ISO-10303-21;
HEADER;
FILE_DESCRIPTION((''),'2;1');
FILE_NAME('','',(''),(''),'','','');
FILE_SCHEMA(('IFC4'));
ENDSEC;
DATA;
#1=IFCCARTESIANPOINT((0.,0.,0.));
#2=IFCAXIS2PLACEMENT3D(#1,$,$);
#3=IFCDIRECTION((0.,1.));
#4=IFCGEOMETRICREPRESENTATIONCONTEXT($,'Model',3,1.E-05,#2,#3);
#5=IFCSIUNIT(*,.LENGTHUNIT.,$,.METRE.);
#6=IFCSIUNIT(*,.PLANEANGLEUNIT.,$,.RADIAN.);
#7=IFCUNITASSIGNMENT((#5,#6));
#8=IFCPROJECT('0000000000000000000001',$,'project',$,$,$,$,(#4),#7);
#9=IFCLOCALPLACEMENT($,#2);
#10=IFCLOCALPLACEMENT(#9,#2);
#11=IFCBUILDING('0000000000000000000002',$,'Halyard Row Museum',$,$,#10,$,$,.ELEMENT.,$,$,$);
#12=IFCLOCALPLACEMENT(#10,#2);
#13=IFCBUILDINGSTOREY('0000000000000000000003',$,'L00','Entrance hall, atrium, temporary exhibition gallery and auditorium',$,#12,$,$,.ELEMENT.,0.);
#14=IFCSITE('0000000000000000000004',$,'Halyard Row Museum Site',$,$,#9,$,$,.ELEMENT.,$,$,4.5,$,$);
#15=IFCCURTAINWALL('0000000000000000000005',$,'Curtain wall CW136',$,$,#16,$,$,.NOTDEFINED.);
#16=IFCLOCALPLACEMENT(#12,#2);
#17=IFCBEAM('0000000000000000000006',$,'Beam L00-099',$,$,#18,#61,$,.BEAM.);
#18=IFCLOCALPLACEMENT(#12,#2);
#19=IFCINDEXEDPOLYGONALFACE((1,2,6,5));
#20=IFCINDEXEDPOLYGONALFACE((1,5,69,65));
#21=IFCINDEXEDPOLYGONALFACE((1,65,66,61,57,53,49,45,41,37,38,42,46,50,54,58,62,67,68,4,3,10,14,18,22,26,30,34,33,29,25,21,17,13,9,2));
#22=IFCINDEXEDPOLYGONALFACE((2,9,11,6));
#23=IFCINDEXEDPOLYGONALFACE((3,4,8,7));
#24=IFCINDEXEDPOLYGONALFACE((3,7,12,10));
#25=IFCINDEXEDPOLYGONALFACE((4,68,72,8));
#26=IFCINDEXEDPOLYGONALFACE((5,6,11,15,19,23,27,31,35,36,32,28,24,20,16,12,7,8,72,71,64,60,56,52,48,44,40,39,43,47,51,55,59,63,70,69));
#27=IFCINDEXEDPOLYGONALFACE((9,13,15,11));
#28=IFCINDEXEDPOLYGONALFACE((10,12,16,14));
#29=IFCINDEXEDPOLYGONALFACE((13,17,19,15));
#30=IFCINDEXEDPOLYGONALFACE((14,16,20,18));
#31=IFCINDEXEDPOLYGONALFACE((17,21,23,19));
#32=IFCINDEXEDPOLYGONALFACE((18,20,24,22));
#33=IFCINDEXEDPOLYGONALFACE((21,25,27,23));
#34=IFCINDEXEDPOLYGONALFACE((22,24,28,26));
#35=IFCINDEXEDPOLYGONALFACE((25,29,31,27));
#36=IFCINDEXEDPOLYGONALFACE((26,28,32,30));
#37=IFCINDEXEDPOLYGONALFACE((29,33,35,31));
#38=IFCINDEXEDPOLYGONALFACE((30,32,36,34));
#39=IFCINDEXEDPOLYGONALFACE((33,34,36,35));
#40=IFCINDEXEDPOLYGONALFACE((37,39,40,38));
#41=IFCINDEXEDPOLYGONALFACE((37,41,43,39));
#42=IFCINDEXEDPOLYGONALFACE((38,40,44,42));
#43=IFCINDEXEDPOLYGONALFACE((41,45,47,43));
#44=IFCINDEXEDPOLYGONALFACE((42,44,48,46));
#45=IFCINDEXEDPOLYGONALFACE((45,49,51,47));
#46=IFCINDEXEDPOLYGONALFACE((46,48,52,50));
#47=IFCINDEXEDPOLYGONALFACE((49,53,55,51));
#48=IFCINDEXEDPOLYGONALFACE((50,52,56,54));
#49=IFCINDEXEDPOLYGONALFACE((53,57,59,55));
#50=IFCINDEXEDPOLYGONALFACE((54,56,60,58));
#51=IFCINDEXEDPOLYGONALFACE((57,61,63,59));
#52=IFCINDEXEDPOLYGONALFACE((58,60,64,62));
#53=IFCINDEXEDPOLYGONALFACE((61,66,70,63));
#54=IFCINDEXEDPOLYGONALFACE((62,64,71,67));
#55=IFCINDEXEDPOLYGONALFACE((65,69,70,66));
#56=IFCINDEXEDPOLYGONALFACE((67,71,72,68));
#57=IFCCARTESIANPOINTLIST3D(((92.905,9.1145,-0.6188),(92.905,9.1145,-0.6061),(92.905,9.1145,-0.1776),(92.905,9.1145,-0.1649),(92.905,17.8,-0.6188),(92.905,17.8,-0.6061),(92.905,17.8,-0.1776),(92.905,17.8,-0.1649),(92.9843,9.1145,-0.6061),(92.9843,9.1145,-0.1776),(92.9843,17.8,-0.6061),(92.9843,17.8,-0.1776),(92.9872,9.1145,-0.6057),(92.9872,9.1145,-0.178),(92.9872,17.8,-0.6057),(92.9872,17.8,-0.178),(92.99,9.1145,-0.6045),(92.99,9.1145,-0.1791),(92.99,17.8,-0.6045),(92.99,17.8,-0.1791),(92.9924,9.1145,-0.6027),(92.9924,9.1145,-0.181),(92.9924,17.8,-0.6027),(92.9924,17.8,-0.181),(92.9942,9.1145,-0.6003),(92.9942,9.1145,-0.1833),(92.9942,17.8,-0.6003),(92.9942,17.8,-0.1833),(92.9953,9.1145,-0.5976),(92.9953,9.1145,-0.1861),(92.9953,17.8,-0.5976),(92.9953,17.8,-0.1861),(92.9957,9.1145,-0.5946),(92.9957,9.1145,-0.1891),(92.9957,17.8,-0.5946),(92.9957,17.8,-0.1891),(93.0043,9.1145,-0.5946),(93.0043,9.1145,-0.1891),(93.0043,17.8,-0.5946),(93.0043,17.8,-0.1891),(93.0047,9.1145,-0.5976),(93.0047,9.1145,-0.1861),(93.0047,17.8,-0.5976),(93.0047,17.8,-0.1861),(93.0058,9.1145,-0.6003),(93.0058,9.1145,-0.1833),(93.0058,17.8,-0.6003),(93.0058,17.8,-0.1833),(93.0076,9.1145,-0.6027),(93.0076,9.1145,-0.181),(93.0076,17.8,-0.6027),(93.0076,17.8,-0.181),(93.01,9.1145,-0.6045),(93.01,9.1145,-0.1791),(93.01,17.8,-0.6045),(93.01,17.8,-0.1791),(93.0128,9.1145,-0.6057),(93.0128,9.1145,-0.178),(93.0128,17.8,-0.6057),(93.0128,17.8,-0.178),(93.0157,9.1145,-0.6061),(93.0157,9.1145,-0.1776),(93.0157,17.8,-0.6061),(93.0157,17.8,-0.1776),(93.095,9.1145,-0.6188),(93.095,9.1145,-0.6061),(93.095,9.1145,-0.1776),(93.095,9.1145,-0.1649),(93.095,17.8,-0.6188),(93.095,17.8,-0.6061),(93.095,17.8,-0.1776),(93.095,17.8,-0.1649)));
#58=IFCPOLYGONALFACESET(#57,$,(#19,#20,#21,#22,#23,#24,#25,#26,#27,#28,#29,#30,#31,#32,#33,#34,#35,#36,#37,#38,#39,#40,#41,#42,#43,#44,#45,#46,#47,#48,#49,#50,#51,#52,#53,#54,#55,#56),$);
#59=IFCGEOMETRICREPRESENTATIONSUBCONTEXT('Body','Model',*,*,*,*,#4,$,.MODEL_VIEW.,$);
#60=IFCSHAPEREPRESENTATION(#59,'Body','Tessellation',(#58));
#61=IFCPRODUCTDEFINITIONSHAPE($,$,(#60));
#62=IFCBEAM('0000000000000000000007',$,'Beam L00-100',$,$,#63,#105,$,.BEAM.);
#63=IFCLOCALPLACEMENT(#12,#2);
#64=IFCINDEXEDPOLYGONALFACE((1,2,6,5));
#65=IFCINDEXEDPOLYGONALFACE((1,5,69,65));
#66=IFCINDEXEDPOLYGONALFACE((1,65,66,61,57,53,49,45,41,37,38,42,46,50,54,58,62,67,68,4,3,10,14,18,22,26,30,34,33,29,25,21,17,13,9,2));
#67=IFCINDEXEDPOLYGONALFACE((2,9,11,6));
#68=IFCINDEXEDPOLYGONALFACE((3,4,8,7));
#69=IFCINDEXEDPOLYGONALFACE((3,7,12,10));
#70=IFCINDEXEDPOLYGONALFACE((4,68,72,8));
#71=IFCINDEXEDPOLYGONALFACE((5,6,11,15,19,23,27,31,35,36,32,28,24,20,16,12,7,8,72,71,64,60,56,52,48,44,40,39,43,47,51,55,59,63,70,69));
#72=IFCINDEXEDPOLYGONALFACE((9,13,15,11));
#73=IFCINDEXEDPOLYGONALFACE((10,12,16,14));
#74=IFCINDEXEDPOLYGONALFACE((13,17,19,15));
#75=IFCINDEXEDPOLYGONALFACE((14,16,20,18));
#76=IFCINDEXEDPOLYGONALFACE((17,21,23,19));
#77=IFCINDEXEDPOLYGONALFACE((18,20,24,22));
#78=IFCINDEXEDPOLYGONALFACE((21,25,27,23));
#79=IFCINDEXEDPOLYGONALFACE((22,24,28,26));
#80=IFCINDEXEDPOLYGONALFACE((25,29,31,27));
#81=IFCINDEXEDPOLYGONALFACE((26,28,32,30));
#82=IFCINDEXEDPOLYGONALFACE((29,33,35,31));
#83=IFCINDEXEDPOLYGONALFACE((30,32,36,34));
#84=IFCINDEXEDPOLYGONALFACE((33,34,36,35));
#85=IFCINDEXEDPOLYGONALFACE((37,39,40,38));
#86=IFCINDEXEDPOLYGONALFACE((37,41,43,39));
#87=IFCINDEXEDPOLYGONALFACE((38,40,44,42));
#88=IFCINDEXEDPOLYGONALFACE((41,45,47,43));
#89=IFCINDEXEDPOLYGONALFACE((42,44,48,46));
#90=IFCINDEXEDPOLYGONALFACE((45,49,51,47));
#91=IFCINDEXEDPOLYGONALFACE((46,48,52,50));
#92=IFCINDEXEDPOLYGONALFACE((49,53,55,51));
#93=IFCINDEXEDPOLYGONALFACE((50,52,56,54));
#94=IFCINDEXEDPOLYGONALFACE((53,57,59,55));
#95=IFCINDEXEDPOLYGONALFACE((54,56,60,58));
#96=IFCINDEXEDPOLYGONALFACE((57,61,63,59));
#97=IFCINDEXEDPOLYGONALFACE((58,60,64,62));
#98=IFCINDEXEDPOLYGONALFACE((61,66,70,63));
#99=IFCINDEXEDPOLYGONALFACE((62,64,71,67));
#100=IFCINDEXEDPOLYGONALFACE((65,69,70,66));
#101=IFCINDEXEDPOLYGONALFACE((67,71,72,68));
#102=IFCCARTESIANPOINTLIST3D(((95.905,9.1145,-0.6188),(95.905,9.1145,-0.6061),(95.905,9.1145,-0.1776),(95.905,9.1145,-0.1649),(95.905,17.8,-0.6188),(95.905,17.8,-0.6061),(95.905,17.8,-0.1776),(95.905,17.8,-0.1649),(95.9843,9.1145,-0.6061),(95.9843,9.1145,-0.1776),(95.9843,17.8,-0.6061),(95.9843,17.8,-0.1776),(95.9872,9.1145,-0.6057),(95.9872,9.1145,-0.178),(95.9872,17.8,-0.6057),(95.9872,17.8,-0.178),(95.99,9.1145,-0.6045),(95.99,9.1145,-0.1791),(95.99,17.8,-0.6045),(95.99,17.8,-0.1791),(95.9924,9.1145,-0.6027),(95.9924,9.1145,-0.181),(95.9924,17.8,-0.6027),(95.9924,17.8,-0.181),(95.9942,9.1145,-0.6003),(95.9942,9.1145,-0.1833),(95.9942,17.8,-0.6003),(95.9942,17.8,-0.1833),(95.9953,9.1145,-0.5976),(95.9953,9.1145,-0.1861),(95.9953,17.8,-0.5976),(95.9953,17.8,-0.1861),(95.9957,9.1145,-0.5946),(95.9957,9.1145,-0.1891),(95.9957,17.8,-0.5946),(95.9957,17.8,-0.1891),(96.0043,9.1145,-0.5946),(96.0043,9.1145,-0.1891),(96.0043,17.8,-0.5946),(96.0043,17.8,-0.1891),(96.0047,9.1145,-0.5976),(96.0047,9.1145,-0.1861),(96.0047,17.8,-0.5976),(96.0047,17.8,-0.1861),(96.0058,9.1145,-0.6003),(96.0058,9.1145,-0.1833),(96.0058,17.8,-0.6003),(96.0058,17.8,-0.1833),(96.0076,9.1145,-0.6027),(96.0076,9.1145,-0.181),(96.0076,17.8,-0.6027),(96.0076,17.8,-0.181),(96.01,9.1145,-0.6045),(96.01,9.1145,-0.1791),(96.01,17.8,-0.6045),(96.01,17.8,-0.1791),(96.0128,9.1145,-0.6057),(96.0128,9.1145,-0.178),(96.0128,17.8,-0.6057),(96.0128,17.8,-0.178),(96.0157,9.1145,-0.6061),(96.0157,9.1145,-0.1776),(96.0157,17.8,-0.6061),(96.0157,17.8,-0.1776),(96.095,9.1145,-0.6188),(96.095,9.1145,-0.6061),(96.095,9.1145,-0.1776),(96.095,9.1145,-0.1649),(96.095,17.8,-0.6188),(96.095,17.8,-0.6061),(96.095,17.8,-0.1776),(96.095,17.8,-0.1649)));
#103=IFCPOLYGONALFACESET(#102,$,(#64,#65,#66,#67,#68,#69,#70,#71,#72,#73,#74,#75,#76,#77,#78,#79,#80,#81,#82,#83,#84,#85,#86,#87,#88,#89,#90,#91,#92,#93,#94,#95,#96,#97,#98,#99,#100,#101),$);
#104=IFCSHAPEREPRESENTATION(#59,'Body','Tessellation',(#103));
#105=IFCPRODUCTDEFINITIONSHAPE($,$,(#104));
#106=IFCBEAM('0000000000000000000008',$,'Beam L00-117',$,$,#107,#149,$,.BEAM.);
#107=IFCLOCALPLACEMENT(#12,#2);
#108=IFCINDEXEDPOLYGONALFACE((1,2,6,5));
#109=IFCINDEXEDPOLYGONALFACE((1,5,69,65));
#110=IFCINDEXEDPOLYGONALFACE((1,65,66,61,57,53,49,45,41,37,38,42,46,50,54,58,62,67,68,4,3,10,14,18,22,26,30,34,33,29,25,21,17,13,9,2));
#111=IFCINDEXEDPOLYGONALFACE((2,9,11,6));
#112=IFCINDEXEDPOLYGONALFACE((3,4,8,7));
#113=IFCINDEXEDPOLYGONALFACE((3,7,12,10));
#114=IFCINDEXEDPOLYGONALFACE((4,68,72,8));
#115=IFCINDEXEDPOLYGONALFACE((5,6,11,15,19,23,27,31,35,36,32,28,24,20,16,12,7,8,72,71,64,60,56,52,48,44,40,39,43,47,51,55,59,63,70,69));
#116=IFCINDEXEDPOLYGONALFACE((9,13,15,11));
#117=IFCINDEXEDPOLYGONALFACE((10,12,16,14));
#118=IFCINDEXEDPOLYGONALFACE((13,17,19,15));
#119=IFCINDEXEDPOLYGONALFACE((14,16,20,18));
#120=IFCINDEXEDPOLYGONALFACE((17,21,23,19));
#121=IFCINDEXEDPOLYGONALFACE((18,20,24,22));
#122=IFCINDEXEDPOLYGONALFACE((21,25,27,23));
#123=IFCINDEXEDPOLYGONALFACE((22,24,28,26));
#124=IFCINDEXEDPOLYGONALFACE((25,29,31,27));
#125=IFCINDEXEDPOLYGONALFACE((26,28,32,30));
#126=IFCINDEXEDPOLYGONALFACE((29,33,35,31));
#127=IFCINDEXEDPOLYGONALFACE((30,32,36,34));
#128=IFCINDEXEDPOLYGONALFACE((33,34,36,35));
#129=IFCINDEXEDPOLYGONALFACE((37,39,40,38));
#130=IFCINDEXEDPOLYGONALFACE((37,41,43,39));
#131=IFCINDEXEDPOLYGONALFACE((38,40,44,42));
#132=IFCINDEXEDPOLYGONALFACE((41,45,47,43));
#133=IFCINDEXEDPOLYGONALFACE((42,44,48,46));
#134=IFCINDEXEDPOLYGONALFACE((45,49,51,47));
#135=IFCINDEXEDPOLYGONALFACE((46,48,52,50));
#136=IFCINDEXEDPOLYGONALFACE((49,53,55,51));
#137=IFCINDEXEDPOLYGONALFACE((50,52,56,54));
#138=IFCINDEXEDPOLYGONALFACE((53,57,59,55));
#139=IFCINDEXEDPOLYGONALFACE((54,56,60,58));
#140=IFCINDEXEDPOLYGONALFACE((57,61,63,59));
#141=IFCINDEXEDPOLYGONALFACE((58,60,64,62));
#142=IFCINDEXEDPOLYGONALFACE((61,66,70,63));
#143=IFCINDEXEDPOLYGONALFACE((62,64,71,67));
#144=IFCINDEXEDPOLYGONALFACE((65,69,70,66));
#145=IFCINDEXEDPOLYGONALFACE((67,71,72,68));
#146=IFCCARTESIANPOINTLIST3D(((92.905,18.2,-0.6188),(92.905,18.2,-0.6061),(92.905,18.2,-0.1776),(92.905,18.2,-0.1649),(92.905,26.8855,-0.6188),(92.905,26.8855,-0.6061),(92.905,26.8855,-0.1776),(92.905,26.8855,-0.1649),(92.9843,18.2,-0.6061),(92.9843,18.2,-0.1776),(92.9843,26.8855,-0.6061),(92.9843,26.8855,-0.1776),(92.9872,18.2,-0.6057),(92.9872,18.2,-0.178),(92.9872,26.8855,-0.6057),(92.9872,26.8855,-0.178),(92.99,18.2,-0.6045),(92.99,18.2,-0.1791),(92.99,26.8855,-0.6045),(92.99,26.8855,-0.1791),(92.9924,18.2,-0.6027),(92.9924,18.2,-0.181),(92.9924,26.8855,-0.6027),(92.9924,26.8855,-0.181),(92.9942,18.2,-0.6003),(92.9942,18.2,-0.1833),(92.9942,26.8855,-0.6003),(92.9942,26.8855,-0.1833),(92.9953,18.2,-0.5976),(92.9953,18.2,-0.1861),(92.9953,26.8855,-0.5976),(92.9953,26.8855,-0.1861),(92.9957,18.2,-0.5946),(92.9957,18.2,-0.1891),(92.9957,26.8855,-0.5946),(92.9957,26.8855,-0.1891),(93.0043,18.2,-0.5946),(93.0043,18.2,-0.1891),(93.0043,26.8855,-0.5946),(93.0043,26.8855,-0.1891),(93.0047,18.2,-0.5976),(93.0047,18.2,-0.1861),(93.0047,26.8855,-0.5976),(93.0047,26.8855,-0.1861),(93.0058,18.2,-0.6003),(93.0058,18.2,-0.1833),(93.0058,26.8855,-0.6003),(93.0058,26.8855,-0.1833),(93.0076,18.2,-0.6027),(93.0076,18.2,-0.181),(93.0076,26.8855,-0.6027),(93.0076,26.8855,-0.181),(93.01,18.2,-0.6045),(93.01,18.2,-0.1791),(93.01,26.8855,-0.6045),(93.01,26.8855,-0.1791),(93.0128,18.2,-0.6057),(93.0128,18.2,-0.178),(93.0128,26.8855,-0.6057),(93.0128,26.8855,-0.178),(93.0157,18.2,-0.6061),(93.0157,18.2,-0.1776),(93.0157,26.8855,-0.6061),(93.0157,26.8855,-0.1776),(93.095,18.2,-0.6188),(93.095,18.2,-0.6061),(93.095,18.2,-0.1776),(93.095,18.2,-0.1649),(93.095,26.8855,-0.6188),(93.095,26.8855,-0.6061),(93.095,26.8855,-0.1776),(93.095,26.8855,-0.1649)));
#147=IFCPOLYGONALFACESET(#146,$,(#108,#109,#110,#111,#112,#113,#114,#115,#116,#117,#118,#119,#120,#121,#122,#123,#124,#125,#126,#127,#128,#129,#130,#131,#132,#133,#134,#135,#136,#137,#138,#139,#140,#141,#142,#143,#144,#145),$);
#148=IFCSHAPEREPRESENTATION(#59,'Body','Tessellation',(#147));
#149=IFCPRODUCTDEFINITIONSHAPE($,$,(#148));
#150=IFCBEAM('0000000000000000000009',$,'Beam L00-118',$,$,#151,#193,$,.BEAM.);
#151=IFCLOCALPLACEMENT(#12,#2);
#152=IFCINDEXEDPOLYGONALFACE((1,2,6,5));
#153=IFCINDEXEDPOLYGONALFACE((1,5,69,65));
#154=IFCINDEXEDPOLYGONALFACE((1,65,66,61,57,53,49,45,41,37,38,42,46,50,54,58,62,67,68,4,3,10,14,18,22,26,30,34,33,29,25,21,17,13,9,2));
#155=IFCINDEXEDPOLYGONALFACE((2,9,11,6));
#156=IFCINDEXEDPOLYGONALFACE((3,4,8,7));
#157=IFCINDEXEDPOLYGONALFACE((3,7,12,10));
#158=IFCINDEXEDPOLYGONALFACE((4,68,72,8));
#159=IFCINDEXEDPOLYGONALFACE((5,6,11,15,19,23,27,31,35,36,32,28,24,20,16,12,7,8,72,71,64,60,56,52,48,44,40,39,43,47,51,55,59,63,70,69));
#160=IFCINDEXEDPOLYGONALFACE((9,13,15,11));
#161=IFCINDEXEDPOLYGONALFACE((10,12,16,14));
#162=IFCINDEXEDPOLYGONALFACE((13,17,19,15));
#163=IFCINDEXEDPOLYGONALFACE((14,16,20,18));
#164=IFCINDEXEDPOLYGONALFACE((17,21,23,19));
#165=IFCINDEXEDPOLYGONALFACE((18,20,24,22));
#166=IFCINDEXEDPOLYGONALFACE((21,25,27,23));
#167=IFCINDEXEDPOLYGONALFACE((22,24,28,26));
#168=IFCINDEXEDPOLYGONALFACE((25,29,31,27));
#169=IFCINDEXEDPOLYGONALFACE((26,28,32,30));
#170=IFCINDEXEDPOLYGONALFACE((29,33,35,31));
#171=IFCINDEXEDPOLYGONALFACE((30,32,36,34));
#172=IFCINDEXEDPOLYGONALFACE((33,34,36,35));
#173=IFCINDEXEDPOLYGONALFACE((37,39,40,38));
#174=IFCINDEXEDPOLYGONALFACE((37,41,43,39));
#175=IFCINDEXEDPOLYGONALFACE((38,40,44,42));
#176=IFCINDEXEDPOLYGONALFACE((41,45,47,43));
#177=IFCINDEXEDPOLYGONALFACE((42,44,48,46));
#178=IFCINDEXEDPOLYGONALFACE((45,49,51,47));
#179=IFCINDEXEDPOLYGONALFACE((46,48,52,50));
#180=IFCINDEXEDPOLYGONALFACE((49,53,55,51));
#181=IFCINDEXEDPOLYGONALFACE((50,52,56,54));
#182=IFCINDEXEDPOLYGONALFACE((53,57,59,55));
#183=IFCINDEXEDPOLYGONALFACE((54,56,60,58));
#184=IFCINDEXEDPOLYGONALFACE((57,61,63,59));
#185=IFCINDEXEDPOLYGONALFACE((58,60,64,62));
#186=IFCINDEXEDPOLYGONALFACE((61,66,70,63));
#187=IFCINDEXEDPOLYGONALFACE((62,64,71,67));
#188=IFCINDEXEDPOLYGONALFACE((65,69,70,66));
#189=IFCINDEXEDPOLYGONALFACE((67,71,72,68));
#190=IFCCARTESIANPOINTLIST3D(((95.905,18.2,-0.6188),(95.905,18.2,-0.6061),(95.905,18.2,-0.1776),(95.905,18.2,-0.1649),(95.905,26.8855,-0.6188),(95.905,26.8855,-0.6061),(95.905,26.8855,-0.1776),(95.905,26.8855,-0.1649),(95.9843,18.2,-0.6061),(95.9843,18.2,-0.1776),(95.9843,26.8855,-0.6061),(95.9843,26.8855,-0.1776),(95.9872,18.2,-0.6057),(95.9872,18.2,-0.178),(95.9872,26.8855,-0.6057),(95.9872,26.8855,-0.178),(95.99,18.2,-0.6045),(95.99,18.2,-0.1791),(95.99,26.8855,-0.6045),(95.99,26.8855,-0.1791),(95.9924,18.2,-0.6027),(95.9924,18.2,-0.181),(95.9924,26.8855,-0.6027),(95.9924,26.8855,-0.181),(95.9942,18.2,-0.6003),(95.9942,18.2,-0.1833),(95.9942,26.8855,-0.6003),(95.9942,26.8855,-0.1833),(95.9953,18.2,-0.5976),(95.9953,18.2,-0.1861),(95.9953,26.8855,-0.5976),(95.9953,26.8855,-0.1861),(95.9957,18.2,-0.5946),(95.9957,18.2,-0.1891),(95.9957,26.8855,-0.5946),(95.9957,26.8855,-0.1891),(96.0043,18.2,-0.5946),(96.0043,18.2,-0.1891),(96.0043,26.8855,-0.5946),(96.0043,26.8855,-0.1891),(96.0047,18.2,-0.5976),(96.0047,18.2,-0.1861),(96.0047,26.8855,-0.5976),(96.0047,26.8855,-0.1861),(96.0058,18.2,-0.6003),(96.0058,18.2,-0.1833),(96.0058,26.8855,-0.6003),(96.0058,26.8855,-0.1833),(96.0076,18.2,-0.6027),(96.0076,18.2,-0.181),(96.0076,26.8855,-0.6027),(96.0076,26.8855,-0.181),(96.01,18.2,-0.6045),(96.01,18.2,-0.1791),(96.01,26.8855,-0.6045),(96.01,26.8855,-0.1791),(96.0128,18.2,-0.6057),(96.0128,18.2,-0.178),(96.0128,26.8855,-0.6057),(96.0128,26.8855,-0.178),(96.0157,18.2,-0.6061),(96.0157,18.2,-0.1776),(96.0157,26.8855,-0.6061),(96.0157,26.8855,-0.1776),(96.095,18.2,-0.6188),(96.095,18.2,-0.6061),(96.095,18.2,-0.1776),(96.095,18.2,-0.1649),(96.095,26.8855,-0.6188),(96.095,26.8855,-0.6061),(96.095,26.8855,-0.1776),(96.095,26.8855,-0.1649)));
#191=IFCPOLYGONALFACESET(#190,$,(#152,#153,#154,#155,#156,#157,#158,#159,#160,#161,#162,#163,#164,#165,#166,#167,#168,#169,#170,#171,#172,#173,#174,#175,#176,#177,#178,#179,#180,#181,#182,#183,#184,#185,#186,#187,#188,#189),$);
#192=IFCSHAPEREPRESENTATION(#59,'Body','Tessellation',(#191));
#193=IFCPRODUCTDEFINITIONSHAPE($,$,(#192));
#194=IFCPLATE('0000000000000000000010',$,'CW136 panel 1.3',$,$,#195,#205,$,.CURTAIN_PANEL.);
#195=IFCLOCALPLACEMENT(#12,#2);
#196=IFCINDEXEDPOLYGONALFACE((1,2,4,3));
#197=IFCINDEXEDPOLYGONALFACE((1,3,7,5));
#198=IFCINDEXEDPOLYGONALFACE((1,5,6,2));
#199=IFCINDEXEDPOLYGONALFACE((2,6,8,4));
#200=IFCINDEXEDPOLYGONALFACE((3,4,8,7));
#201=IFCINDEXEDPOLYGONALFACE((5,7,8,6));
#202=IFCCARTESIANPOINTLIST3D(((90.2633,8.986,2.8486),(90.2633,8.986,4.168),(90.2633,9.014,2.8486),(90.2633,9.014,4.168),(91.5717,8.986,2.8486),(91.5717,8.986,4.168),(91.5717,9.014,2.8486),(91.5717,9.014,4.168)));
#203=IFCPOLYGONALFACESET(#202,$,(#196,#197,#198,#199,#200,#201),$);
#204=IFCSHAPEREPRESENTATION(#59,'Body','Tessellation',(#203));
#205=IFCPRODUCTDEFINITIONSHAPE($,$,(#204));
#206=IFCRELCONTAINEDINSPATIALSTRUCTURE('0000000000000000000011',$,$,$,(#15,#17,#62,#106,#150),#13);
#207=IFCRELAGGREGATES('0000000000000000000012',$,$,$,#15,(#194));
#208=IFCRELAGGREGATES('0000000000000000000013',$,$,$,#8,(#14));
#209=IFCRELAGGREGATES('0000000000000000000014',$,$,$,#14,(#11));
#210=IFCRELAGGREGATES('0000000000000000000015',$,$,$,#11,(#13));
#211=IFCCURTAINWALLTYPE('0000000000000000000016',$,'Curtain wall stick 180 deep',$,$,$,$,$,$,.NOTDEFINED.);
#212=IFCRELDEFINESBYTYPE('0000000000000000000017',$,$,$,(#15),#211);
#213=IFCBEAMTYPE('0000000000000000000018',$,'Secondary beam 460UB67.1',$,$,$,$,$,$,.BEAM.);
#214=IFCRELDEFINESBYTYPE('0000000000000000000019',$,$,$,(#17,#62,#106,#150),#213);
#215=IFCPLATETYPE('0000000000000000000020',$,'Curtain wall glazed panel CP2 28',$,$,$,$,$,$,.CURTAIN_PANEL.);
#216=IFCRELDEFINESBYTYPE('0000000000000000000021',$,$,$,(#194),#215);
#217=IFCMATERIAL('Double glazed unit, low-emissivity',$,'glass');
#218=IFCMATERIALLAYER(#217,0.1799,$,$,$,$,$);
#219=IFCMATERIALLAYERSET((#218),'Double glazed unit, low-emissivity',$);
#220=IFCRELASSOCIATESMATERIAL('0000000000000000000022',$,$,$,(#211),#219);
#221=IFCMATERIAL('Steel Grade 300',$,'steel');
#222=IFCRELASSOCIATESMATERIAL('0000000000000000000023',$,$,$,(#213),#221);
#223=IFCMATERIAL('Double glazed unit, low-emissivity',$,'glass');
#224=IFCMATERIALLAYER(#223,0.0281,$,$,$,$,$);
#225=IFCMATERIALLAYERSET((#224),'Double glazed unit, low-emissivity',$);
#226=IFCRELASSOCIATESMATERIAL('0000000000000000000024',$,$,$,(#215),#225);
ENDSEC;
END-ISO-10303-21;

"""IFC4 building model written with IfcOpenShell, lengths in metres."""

from ifc_helpers import new_model, si_unit, direction, frame, origin, origin_2d, place, context, subcontext, project, spatial, rectangle, i_section, extrude, material, layer, layer_set, material_profile, profile_set, type_object, element, aggregate, save


model = new_model("IFC4")

# Units and contexts
model_context = context("Model", 3, precision=1e-05, world=origin(), true_north=direction((0.0, 1.0)))
body_context = subcontext(model_context, "Body", "Model", "MODEL_VIEW")
ifc_project = project(units=[si_unit("LENGTHUNIT", "METRE"), si_unit("PLANEANGLEUNIT", "RADIAN")], contexts=[model_context])

# Site, building, storey
site_placement = place(None, origin())
site = spatial("IfcSite", under=ifc_project, at=site_placement, Name="Halyard Row Museum Site", CompositionType="ELEMENT", RefElevation=4.5)
building_placement = place(site_placement, origin())
building = spatial("IfcBuilding", under=site, at=building_placement, Name="Halyard Row Museum", CompositionType="ELEMENT")
storey_placement = place(building_placement, origin())
storey = spatial("IfcBuildingStorey", under=building, at=storey_placement, Name="L00", Description="Entrance hall, atrium, temporary exhibition gallery and auditorium", CompositionType="ELEMENT", Elevation=0.0)

# Curtain wall
ifc_material_1 = material(Name="Double glazed unit, low-emissivity", Category="glass")
ifc_layer_1 = layer(ifc_material_1, 0.1799)
ifc_layer_set_1 = layer_set([ifc_layer_1], Name="Double glazed unit, low-emissivity")
curtain_wall_type = type_object("IfcCurtainWallType", Name="Curtain wall stick 180 deep", PredefinedType="NOTDEFINED", material=ifc_layer_set_1)
curtain_wall_1_placement = place(storey_placement, origin())
curtain_wall_1 = element("IfcCurtainWall", 1, at=curtain_wall_1_placement, inside=storey, type_object=curtain_wall_type, Name="Curtain wall CW136", PredefinedType="NOTDEFINED")

# Beams
ifc_material_2 = material(Name="Steel Grade 300", Category="steel")
ifc_material_profile_1 = material_profile(ifc_material_2, i_section(OverallWidth=0.1899, OverallDepth=0.4539, WebThickness=0.0085, FlangeThickness=0.0127, FilletRadius=0.0115, at=origin_2d()), Name="460UB67.1")
ifc_profile_set_1 = profile_set([ifc_material_profile_1], Name="Steel Grade 300")
beam_type_1 = type_object("IfcBeamType", Name="Secondary beam 460UB67.1", PredefinedType="BEAM", material=ifc_profile_set_1)
for number, where, z_axis, x_axis, name in (
    (2, (93.0, 9.1145, -0.3918), (0.0, 1.0, 0.0), (-1.0, 0.0, 0.0), "Beam L00-099"),
    (3, (96.0, 9.1145, -0.3918), (0.0, 1.0, 0.0), (-1.0, 0.0, 0.0), "Beam L00-100"),
    (4, (93.0, 18.2, -0.3918), (0.0, 1.0, 0.0), (-1.0, 0.0, 0.0), "Beam L00-117"),
    (5, (96.0, 18.2, -0.3918), (0.0, 1.0, 0.0), (-1.0, 0.0, 0.0), "Beam L00-118"),
):
    element("IfcBeam", number, at=place(storey_placement, frame(where, z_axis=z_axis, x_axis=x_axis)), inside=storey, type_object=beam_type_1, Name=name, PredefinedType="BEAM", context=body_context, shape_type="SweptSolid", body=[
        extrude(i_section(OverallWidth=0.1899, OverallDepth=0.4539, WebThickness=0.0085, FlangeThickness=0.0127, FilletRadius=0.0115, at=origin_2d()), origin(), (0.0, 0.0, 1.0), 8.6855),
    ])

# Plate
ifc_material_3 = material(Name="Double glazed unit, low-emissivity", Category="glass")
ifc_layer_2 = layer(ifc_material_3, 0.0281)
ifc_layer_set_2 = layer_set([ifc_layer_2], Name="Double glazed unit, low-emissivity")
plate_type = type_object("IfcPlateType", Name="Curtain wall glazed panel CP2 28", PredefinedType="CURTAIN_PANEL", material=ifc_layer_set_2)
plate_1_placement = place(storey_placement, frame((90.9175, 9.0, 2.8486), z_axis=(0.0, 0.0, 1.0), x_axis=(1.0, 0.0, 0.0)))
plate_1 = element("IfcPlate", 6, at=plate_1_placement, type_object=plate_type, Name="CW136 panel 1.3", PredefinedType="CURTAIN_PANEL", context=body_context, shape_type="SweptSolid", body=[
    extrude(rectangle(XDim=1.3083, YDim=0.0281, at=origin_2d()), origin(), (0.0, 0.0, 1.0), 1.3193),
])
aggregate(curtain_wall_1, [plate_1])

save(model, "model.ifc")
